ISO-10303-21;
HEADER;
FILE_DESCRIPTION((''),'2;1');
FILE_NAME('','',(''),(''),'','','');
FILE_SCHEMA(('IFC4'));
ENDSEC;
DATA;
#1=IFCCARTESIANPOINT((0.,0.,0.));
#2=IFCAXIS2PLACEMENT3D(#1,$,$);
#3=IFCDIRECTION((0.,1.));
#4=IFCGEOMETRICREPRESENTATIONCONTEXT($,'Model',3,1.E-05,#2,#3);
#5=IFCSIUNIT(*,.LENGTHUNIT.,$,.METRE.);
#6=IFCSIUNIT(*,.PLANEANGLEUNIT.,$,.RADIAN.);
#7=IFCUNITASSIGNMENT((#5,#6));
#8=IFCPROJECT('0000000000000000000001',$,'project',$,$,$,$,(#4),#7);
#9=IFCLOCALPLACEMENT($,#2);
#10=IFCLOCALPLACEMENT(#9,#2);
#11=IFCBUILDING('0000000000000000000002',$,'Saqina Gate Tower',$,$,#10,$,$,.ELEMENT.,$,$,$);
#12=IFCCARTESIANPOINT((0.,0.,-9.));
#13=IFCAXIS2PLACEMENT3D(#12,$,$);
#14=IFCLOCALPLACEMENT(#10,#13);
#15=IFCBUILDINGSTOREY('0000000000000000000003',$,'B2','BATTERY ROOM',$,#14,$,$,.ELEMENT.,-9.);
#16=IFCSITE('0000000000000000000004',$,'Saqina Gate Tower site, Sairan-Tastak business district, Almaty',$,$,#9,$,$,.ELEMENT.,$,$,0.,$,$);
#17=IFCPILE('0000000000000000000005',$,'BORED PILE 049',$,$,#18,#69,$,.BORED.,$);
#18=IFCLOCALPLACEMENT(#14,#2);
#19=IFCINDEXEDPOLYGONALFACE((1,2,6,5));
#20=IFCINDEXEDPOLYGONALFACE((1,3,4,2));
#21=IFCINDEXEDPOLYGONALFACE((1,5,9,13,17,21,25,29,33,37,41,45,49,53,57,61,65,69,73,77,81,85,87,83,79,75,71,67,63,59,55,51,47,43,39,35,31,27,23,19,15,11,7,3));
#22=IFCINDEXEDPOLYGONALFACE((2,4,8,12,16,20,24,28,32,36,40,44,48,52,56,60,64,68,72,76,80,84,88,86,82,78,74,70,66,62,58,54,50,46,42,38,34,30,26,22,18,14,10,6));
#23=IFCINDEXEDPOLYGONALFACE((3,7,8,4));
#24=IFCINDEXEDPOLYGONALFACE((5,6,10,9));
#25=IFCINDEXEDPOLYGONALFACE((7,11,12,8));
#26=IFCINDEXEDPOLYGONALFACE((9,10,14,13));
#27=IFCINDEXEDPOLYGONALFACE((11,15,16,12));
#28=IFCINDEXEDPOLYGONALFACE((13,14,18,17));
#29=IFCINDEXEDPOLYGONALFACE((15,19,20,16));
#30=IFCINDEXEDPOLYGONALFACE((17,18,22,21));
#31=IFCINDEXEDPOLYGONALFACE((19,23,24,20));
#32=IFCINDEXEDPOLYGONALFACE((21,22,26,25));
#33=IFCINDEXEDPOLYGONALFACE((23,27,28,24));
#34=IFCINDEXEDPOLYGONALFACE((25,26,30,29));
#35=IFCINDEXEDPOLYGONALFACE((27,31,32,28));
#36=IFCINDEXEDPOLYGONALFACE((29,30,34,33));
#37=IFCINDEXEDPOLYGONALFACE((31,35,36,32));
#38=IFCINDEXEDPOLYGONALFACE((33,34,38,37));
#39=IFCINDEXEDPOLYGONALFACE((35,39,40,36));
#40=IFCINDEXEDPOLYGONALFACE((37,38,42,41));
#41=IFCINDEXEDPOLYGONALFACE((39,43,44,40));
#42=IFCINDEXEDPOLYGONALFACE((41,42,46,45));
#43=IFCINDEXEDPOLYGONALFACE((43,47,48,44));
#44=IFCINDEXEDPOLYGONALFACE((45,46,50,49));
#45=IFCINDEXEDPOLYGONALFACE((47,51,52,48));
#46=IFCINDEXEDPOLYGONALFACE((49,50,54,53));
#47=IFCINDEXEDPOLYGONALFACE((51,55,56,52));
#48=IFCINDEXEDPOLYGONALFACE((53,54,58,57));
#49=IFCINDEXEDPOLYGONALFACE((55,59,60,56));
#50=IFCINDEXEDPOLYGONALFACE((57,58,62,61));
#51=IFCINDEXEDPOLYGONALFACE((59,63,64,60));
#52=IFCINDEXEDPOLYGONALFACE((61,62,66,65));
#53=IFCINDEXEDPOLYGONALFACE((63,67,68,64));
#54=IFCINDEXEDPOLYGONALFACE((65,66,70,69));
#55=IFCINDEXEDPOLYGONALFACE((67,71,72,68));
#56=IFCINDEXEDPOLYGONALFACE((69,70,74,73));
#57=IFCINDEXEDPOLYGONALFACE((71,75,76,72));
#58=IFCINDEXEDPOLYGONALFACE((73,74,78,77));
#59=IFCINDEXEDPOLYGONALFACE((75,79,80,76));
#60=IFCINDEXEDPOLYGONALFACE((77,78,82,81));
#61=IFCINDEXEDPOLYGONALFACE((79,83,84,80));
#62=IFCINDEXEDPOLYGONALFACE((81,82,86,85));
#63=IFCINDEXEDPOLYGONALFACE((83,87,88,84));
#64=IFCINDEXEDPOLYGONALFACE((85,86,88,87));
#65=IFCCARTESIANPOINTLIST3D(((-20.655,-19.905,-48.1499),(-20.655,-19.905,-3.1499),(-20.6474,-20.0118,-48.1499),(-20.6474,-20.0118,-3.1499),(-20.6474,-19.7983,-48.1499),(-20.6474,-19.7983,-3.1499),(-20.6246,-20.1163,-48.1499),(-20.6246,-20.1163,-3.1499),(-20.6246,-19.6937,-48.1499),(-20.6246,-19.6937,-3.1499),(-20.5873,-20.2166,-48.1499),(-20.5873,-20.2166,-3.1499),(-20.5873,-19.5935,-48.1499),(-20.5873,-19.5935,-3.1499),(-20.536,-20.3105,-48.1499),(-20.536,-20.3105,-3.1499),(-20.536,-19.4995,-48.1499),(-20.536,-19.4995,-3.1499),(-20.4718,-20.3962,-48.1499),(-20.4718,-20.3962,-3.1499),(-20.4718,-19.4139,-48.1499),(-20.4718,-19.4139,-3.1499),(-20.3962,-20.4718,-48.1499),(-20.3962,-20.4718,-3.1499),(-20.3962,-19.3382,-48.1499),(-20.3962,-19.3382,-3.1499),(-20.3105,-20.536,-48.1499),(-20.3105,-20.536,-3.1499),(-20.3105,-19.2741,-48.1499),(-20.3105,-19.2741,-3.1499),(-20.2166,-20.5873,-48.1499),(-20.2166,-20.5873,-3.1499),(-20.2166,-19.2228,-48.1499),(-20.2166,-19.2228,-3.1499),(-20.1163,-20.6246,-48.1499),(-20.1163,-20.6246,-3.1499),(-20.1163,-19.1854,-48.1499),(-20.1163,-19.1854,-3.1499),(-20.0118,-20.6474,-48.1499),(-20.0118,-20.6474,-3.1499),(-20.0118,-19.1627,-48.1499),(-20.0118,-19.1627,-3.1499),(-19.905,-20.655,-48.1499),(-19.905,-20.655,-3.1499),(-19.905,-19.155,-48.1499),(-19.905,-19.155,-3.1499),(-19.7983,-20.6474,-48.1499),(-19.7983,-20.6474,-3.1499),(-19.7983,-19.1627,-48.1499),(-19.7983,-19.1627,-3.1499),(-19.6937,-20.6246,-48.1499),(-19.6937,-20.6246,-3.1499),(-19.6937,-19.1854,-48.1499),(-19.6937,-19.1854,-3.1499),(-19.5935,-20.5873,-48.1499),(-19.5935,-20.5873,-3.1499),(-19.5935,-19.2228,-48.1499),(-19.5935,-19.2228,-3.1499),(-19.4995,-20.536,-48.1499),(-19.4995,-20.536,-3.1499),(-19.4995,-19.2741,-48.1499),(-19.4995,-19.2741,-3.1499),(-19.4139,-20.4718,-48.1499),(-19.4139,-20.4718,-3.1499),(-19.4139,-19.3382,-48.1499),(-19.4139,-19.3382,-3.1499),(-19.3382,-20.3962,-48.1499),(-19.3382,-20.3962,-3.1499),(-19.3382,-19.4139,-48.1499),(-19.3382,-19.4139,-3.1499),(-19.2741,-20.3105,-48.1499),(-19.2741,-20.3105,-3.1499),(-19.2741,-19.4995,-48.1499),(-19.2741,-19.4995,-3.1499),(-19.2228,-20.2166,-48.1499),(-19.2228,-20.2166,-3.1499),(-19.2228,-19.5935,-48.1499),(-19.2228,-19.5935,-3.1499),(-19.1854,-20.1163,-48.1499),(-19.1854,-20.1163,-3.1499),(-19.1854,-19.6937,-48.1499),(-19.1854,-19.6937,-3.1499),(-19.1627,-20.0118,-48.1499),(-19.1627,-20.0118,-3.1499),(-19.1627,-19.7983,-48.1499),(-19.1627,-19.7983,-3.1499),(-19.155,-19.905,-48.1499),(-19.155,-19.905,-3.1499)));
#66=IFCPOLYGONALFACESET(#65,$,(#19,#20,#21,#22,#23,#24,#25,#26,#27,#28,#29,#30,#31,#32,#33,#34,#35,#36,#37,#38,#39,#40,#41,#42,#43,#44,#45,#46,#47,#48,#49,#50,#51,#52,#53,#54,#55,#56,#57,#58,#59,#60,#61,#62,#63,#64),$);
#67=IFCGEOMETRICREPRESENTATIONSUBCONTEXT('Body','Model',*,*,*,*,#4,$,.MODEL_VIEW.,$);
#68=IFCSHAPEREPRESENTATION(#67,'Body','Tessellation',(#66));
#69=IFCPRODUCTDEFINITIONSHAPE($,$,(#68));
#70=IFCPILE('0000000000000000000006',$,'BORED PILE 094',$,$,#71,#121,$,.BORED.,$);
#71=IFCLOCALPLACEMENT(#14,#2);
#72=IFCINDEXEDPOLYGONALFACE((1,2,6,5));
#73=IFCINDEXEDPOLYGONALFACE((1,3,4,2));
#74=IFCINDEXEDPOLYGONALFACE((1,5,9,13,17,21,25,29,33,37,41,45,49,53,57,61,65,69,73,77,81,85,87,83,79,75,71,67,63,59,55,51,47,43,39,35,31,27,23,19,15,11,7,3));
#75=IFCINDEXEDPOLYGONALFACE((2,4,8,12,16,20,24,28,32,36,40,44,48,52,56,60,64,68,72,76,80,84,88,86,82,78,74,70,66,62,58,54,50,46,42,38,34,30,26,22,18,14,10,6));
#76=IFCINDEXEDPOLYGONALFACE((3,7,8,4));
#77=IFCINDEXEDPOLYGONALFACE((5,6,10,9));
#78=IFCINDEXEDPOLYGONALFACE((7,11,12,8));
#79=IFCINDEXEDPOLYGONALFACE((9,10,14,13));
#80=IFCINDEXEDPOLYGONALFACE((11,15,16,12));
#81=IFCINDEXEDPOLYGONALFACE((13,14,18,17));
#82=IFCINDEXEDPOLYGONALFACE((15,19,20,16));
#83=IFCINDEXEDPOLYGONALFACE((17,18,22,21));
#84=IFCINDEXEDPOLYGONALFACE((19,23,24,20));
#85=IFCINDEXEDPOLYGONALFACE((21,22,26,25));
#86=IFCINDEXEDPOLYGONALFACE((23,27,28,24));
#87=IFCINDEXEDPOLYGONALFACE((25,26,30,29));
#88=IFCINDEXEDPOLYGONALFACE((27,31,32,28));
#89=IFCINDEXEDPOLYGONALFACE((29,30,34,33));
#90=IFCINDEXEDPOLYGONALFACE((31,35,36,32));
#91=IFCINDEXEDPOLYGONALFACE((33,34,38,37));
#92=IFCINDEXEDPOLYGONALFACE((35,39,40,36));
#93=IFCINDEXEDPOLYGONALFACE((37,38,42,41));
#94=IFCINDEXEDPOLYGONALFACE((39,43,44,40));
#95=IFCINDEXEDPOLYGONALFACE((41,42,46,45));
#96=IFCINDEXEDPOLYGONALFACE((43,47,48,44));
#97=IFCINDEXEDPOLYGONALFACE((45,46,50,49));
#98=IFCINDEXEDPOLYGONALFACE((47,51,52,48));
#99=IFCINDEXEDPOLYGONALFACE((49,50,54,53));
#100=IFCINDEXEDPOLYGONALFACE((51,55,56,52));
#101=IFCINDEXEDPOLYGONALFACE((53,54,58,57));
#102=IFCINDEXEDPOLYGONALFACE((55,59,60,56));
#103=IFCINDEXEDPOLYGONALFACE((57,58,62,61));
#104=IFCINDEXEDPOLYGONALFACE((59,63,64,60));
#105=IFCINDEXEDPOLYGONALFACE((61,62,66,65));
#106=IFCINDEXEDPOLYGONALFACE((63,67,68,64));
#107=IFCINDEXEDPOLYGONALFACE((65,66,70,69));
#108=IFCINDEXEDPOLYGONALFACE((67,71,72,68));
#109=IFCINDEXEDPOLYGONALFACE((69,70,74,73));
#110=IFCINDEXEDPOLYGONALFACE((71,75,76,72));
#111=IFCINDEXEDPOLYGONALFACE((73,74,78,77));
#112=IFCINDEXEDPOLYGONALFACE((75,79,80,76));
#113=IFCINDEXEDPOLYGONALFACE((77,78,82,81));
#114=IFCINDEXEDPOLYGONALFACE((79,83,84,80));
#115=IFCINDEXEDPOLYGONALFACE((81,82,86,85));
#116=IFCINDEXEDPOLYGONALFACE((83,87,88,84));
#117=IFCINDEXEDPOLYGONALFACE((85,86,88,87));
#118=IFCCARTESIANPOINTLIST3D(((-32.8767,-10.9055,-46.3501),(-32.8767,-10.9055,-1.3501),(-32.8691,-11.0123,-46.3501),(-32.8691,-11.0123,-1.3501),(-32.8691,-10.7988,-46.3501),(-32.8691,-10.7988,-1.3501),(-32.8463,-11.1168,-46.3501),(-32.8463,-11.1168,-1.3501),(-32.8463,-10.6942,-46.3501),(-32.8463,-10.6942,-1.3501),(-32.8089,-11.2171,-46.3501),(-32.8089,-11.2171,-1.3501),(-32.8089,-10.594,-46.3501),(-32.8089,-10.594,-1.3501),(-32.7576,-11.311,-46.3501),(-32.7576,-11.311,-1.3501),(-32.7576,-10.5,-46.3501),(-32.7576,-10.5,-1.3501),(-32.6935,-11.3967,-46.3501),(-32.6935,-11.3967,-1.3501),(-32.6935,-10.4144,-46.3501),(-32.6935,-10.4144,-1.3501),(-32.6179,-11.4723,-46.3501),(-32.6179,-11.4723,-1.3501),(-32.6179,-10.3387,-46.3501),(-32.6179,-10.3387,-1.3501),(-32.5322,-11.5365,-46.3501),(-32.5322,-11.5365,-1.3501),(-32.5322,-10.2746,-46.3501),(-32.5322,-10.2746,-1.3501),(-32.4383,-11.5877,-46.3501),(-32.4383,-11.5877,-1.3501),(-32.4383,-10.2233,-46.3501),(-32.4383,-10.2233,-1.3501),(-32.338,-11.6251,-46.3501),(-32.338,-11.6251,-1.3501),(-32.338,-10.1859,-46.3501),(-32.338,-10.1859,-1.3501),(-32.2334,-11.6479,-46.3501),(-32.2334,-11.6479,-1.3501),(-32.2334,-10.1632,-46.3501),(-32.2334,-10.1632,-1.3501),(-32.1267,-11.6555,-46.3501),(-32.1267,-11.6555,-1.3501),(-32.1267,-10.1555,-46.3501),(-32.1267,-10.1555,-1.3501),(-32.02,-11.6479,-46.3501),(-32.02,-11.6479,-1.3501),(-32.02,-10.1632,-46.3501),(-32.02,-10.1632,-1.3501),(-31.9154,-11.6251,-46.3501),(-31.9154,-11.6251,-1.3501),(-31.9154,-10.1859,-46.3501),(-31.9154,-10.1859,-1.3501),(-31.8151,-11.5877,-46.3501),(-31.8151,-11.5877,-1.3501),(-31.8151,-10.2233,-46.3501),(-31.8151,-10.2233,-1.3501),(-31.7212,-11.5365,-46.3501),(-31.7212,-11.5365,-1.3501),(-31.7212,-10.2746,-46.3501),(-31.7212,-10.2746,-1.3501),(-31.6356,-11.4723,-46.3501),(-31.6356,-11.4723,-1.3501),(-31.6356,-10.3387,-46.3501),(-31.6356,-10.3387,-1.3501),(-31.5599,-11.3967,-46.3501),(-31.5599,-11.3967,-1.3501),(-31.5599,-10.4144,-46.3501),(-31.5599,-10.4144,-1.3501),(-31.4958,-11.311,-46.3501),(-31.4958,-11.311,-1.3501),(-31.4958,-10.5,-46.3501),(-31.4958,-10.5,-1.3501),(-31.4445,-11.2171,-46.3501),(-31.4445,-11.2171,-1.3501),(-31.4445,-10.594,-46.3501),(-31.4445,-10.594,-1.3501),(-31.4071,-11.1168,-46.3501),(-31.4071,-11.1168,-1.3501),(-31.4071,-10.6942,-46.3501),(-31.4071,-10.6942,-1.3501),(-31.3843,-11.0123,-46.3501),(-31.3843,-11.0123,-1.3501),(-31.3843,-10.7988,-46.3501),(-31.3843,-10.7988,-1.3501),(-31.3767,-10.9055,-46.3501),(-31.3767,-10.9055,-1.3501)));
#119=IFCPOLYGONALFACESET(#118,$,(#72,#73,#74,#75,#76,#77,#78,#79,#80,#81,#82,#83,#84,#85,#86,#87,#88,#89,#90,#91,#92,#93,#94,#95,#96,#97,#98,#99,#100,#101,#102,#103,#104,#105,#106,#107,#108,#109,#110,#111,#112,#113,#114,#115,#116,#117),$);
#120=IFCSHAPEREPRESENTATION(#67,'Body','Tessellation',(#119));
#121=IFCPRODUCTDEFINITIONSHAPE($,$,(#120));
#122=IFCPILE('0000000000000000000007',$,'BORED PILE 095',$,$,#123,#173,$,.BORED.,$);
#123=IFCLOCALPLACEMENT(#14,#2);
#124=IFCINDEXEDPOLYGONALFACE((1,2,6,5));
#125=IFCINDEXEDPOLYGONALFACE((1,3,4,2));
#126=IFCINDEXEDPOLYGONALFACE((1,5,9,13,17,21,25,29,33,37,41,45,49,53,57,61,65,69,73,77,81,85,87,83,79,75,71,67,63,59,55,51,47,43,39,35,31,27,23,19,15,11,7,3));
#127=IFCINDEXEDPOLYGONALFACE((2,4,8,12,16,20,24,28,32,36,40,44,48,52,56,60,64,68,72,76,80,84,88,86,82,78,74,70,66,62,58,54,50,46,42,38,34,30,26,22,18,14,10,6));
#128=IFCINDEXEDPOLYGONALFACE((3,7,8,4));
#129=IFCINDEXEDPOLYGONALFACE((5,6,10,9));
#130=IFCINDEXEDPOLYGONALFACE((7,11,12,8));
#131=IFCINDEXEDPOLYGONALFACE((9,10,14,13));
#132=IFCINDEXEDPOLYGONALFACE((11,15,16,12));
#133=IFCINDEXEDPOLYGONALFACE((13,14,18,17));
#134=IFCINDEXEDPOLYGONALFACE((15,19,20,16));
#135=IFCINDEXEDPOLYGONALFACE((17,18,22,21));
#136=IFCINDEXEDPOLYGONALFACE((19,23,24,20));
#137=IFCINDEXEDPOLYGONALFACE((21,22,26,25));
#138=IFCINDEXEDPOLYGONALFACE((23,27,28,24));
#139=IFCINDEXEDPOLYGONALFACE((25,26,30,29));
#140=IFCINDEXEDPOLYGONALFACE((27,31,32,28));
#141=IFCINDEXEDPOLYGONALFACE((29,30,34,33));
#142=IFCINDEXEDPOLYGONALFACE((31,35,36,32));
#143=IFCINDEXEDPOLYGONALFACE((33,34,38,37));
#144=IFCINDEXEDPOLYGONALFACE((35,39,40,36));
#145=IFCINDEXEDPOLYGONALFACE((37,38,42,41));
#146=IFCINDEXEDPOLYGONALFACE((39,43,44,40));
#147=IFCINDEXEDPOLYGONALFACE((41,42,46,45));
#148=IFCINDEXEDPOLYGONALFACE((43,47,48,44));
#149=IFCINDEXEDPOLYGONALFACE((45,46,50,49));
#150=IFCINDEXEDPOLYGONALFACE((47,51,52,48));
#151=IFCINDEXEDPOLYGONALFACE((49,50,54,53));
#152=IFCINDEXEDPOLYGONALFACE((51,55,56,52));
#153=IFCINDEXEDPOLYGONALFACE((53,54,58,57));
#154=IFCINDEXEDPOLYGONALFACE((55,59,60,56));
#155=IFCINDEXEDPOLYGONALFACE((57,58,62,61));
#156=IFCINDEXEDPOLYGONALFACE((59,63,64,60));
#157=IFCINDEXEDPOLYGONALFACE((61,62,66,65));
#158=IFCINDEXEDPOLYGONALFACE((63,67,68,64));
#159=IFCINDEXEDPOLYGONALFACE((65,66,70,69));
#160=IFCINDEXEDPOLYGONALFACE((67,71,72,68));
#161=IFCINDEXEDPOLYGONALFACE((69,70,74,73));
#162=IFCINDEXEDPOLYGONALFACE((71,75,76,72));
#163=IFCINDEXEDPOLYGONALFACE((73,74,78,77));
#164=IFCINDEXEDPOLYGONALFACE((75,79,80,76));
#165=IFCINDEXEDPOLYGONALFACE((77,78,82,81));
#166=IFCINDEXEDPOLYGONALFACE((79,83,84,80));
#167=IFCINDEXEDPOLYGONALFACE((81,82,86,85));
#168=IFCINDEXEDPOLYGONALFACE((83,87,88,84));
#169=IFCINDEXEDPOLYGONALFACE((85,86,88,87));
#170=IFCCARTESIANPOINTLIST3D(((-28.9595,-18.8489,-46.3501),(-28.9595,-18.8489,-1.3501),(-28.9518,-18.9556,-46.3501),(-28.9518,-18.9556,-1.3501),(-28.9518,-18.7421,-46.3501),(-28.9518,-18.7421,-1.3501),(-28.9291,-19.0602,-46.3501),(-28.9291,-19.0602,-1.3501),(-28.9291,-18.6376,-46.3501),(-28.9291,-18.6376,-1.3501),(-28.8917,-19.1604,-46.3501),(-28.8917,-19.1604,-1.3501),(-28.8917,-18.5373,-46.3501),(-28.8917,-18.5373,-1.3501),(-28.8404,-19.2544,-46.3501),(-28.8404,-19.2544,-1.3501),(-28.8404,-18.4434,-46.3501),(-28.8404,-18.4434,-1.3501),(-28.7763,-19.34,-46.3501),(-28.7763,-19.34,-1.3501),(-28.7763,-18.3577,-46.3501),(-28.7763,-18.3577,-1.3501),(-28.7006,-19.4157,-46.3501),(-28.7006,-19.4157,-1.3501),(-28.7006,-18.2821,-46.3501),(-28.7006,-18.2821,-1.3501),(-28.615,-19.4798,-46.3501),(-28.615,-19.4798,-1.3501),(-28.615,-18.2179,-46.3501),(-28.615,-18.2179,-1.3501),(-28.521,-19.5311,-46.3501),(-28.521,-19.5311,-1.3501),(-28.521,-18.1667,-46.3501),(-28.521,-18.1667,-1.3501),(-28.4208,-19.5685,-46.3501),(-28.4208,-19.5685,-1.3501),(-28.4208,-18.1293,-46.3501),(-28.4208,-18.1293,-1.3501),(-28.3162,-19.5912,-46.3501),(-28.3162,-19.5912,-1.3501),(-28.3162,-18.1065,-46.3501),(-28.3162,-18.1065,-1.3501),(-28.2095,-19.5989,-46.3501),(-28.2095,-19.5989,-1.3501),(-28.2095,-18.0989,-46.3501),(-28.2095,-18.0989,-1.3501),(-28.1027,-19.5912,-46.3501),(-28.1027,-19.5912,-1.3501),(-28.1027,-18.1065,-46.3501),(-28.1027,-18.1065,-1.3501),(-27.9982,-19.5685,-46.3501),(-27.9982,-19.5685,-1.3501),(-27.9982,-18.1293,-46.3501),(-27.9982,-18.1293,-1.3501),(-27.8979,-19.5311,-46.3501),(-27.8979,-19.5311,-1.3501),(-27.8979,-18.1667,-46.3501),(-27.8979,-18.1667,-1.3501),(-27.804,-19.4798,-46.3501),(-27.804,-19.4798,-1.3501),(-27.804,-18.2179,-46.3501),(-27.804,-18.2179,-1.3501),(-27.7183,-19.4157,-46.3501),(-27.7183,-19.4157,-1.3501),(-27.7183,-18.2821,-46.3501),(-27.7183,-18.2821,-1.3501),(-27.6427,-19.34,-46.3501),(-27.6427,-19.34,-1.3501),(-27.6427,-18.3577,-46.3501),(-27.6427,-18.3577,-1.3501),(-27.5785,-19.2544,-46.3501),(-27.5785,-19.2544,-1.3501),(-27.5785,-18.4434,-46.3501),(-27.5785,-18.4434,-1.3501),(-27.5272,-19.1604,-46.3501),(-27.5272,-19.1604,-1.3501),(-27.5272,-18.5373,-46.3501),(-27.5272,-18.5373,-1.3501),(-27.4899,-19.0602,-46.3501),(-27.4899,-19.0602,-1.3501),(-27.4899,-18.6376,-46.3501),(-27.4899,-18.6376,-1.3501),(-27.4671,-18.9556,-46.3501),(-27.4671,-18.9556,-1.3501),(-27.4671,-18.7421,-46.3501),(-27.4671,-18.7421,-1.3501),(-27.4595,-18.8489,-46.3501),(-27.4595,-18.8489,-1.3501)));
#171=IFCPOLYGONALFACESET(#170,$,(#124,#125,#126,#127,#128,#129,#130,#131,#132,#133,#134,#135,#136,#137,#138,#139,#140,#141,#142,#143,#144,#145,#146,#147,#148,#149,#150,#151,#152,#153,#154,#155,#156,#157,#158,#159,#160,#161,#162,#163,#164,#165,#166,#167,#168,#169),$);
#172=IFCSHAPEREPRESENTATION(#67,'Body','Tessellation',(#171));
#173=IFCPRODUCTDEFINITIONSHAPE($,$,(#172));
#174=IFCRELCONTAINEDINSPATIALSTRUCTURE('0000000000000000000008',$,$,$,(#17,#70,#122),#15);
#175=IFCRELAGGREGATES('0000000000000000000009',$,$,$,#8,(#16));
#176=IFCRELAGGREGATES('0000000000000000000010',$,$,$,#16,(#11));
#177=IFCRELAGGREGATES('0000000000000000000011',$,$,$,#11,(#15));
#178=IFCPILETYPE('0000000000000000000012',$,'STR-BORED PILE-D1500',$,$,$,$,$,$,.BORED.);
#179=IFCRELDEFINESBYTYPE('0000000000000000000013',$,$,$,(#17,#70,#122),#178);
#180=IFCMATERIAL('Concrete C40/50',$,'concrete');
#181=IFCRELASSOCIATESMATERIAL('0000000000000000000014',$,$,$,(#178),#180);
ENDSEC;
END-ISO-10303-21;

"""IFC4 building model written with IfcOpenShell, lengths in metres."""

from ifc_helpers import new_model, si_unit, direction, frame, origin, origin_2d, place, context, subcontext, project, spatial, circle, extrude, material, material_profile, profile_set, type_object, element, save


model = new_model("IFC4")

# Units and contexts
model_context = context("Model", 3, precision=1e-05, world=origin(), true_north=direction((0.0, 1.0)))
body_context = subcontext(model_context, "Body", "Model", "MODEL_VIEW")
ifc_project = project(units=[si_unit("LENGTHUNIT", "METRE"), si_unit("PLANEANGLEUNIT", "RADIAN")], contexts=[model_context])

# Site, building, storey
site_placement = place(None, origin())
site = spatial("IfcSite", under=ifc_project, at=site_placement, Name="Saqina Gate Tower site, Sairan-Tastak business district, Almaty", CompositionType="ELEMENT", RefElevation=0.0)
building_placement = place(site_placement, origin())
building = spatial("IfcBuilding", under=site, at=building_placement, Name="Saqina Gate Tower", CompositionType="ELEMENT")
storey_placement = place(building_placement, frame((0.0, 0.0, -9.0)))
storey = spatial("IfcBuildingStorey", under=building, at=storey_placement, Name="B2", Description="BATTERY ROOM", CompositionType="ELEMENT", Elevation=-9.0)

# Piles
ifc_material_1 = material(Name="Concrete C40/50", Category="concrete")
ifc_material_profile_1 = material_profile(ifc_material_1, circle(Radius=0.75, at=origin_2d()), Name="RC D1500")
ifc_profile_set_1 = profile_set([ifc_material_profile_1], Name="Concrete C40/50")
pile_type = type_object("IfcPileType", Name="STR-BORED PILE-D1500", PredefinedType="BORED", material=ifc_profile_set_1)
for number, where, z_axis, x_axis, name in (
    (1, (-19.905, -19.905, -3.1499), (0.0, 0.0, -1.0), (1.0, 0.0, 0.0), "BORED PILE 049"),
    (2, (-32.1267, -10.9055, -1.3501), (0.0, 0.0, -1.0), (1.0, 0.0, 0.0), "BORED PILE 094"),
    (3, (-28.2095, -18.8489, -1.3501), (0.0, 0.0, -1.0), (1.0, 0.0, 0.0), "BORED PILE 095"),
):
    element("IfcPile", number, at=place(storey_placement, frame(where, z_axis=z_axis, x_axis=x_axis)), inside=storey, type_object=pile_type, Name=name, PredefinedType="BORED", context=body_context, shape_type="SweptSolid", body=[
        extrude(circle(Radius=0.75, at=origin_2d()), origin(), (0.0, 0.0, 1.0), 45.0),
    ])

save(model, "model.ifc")
